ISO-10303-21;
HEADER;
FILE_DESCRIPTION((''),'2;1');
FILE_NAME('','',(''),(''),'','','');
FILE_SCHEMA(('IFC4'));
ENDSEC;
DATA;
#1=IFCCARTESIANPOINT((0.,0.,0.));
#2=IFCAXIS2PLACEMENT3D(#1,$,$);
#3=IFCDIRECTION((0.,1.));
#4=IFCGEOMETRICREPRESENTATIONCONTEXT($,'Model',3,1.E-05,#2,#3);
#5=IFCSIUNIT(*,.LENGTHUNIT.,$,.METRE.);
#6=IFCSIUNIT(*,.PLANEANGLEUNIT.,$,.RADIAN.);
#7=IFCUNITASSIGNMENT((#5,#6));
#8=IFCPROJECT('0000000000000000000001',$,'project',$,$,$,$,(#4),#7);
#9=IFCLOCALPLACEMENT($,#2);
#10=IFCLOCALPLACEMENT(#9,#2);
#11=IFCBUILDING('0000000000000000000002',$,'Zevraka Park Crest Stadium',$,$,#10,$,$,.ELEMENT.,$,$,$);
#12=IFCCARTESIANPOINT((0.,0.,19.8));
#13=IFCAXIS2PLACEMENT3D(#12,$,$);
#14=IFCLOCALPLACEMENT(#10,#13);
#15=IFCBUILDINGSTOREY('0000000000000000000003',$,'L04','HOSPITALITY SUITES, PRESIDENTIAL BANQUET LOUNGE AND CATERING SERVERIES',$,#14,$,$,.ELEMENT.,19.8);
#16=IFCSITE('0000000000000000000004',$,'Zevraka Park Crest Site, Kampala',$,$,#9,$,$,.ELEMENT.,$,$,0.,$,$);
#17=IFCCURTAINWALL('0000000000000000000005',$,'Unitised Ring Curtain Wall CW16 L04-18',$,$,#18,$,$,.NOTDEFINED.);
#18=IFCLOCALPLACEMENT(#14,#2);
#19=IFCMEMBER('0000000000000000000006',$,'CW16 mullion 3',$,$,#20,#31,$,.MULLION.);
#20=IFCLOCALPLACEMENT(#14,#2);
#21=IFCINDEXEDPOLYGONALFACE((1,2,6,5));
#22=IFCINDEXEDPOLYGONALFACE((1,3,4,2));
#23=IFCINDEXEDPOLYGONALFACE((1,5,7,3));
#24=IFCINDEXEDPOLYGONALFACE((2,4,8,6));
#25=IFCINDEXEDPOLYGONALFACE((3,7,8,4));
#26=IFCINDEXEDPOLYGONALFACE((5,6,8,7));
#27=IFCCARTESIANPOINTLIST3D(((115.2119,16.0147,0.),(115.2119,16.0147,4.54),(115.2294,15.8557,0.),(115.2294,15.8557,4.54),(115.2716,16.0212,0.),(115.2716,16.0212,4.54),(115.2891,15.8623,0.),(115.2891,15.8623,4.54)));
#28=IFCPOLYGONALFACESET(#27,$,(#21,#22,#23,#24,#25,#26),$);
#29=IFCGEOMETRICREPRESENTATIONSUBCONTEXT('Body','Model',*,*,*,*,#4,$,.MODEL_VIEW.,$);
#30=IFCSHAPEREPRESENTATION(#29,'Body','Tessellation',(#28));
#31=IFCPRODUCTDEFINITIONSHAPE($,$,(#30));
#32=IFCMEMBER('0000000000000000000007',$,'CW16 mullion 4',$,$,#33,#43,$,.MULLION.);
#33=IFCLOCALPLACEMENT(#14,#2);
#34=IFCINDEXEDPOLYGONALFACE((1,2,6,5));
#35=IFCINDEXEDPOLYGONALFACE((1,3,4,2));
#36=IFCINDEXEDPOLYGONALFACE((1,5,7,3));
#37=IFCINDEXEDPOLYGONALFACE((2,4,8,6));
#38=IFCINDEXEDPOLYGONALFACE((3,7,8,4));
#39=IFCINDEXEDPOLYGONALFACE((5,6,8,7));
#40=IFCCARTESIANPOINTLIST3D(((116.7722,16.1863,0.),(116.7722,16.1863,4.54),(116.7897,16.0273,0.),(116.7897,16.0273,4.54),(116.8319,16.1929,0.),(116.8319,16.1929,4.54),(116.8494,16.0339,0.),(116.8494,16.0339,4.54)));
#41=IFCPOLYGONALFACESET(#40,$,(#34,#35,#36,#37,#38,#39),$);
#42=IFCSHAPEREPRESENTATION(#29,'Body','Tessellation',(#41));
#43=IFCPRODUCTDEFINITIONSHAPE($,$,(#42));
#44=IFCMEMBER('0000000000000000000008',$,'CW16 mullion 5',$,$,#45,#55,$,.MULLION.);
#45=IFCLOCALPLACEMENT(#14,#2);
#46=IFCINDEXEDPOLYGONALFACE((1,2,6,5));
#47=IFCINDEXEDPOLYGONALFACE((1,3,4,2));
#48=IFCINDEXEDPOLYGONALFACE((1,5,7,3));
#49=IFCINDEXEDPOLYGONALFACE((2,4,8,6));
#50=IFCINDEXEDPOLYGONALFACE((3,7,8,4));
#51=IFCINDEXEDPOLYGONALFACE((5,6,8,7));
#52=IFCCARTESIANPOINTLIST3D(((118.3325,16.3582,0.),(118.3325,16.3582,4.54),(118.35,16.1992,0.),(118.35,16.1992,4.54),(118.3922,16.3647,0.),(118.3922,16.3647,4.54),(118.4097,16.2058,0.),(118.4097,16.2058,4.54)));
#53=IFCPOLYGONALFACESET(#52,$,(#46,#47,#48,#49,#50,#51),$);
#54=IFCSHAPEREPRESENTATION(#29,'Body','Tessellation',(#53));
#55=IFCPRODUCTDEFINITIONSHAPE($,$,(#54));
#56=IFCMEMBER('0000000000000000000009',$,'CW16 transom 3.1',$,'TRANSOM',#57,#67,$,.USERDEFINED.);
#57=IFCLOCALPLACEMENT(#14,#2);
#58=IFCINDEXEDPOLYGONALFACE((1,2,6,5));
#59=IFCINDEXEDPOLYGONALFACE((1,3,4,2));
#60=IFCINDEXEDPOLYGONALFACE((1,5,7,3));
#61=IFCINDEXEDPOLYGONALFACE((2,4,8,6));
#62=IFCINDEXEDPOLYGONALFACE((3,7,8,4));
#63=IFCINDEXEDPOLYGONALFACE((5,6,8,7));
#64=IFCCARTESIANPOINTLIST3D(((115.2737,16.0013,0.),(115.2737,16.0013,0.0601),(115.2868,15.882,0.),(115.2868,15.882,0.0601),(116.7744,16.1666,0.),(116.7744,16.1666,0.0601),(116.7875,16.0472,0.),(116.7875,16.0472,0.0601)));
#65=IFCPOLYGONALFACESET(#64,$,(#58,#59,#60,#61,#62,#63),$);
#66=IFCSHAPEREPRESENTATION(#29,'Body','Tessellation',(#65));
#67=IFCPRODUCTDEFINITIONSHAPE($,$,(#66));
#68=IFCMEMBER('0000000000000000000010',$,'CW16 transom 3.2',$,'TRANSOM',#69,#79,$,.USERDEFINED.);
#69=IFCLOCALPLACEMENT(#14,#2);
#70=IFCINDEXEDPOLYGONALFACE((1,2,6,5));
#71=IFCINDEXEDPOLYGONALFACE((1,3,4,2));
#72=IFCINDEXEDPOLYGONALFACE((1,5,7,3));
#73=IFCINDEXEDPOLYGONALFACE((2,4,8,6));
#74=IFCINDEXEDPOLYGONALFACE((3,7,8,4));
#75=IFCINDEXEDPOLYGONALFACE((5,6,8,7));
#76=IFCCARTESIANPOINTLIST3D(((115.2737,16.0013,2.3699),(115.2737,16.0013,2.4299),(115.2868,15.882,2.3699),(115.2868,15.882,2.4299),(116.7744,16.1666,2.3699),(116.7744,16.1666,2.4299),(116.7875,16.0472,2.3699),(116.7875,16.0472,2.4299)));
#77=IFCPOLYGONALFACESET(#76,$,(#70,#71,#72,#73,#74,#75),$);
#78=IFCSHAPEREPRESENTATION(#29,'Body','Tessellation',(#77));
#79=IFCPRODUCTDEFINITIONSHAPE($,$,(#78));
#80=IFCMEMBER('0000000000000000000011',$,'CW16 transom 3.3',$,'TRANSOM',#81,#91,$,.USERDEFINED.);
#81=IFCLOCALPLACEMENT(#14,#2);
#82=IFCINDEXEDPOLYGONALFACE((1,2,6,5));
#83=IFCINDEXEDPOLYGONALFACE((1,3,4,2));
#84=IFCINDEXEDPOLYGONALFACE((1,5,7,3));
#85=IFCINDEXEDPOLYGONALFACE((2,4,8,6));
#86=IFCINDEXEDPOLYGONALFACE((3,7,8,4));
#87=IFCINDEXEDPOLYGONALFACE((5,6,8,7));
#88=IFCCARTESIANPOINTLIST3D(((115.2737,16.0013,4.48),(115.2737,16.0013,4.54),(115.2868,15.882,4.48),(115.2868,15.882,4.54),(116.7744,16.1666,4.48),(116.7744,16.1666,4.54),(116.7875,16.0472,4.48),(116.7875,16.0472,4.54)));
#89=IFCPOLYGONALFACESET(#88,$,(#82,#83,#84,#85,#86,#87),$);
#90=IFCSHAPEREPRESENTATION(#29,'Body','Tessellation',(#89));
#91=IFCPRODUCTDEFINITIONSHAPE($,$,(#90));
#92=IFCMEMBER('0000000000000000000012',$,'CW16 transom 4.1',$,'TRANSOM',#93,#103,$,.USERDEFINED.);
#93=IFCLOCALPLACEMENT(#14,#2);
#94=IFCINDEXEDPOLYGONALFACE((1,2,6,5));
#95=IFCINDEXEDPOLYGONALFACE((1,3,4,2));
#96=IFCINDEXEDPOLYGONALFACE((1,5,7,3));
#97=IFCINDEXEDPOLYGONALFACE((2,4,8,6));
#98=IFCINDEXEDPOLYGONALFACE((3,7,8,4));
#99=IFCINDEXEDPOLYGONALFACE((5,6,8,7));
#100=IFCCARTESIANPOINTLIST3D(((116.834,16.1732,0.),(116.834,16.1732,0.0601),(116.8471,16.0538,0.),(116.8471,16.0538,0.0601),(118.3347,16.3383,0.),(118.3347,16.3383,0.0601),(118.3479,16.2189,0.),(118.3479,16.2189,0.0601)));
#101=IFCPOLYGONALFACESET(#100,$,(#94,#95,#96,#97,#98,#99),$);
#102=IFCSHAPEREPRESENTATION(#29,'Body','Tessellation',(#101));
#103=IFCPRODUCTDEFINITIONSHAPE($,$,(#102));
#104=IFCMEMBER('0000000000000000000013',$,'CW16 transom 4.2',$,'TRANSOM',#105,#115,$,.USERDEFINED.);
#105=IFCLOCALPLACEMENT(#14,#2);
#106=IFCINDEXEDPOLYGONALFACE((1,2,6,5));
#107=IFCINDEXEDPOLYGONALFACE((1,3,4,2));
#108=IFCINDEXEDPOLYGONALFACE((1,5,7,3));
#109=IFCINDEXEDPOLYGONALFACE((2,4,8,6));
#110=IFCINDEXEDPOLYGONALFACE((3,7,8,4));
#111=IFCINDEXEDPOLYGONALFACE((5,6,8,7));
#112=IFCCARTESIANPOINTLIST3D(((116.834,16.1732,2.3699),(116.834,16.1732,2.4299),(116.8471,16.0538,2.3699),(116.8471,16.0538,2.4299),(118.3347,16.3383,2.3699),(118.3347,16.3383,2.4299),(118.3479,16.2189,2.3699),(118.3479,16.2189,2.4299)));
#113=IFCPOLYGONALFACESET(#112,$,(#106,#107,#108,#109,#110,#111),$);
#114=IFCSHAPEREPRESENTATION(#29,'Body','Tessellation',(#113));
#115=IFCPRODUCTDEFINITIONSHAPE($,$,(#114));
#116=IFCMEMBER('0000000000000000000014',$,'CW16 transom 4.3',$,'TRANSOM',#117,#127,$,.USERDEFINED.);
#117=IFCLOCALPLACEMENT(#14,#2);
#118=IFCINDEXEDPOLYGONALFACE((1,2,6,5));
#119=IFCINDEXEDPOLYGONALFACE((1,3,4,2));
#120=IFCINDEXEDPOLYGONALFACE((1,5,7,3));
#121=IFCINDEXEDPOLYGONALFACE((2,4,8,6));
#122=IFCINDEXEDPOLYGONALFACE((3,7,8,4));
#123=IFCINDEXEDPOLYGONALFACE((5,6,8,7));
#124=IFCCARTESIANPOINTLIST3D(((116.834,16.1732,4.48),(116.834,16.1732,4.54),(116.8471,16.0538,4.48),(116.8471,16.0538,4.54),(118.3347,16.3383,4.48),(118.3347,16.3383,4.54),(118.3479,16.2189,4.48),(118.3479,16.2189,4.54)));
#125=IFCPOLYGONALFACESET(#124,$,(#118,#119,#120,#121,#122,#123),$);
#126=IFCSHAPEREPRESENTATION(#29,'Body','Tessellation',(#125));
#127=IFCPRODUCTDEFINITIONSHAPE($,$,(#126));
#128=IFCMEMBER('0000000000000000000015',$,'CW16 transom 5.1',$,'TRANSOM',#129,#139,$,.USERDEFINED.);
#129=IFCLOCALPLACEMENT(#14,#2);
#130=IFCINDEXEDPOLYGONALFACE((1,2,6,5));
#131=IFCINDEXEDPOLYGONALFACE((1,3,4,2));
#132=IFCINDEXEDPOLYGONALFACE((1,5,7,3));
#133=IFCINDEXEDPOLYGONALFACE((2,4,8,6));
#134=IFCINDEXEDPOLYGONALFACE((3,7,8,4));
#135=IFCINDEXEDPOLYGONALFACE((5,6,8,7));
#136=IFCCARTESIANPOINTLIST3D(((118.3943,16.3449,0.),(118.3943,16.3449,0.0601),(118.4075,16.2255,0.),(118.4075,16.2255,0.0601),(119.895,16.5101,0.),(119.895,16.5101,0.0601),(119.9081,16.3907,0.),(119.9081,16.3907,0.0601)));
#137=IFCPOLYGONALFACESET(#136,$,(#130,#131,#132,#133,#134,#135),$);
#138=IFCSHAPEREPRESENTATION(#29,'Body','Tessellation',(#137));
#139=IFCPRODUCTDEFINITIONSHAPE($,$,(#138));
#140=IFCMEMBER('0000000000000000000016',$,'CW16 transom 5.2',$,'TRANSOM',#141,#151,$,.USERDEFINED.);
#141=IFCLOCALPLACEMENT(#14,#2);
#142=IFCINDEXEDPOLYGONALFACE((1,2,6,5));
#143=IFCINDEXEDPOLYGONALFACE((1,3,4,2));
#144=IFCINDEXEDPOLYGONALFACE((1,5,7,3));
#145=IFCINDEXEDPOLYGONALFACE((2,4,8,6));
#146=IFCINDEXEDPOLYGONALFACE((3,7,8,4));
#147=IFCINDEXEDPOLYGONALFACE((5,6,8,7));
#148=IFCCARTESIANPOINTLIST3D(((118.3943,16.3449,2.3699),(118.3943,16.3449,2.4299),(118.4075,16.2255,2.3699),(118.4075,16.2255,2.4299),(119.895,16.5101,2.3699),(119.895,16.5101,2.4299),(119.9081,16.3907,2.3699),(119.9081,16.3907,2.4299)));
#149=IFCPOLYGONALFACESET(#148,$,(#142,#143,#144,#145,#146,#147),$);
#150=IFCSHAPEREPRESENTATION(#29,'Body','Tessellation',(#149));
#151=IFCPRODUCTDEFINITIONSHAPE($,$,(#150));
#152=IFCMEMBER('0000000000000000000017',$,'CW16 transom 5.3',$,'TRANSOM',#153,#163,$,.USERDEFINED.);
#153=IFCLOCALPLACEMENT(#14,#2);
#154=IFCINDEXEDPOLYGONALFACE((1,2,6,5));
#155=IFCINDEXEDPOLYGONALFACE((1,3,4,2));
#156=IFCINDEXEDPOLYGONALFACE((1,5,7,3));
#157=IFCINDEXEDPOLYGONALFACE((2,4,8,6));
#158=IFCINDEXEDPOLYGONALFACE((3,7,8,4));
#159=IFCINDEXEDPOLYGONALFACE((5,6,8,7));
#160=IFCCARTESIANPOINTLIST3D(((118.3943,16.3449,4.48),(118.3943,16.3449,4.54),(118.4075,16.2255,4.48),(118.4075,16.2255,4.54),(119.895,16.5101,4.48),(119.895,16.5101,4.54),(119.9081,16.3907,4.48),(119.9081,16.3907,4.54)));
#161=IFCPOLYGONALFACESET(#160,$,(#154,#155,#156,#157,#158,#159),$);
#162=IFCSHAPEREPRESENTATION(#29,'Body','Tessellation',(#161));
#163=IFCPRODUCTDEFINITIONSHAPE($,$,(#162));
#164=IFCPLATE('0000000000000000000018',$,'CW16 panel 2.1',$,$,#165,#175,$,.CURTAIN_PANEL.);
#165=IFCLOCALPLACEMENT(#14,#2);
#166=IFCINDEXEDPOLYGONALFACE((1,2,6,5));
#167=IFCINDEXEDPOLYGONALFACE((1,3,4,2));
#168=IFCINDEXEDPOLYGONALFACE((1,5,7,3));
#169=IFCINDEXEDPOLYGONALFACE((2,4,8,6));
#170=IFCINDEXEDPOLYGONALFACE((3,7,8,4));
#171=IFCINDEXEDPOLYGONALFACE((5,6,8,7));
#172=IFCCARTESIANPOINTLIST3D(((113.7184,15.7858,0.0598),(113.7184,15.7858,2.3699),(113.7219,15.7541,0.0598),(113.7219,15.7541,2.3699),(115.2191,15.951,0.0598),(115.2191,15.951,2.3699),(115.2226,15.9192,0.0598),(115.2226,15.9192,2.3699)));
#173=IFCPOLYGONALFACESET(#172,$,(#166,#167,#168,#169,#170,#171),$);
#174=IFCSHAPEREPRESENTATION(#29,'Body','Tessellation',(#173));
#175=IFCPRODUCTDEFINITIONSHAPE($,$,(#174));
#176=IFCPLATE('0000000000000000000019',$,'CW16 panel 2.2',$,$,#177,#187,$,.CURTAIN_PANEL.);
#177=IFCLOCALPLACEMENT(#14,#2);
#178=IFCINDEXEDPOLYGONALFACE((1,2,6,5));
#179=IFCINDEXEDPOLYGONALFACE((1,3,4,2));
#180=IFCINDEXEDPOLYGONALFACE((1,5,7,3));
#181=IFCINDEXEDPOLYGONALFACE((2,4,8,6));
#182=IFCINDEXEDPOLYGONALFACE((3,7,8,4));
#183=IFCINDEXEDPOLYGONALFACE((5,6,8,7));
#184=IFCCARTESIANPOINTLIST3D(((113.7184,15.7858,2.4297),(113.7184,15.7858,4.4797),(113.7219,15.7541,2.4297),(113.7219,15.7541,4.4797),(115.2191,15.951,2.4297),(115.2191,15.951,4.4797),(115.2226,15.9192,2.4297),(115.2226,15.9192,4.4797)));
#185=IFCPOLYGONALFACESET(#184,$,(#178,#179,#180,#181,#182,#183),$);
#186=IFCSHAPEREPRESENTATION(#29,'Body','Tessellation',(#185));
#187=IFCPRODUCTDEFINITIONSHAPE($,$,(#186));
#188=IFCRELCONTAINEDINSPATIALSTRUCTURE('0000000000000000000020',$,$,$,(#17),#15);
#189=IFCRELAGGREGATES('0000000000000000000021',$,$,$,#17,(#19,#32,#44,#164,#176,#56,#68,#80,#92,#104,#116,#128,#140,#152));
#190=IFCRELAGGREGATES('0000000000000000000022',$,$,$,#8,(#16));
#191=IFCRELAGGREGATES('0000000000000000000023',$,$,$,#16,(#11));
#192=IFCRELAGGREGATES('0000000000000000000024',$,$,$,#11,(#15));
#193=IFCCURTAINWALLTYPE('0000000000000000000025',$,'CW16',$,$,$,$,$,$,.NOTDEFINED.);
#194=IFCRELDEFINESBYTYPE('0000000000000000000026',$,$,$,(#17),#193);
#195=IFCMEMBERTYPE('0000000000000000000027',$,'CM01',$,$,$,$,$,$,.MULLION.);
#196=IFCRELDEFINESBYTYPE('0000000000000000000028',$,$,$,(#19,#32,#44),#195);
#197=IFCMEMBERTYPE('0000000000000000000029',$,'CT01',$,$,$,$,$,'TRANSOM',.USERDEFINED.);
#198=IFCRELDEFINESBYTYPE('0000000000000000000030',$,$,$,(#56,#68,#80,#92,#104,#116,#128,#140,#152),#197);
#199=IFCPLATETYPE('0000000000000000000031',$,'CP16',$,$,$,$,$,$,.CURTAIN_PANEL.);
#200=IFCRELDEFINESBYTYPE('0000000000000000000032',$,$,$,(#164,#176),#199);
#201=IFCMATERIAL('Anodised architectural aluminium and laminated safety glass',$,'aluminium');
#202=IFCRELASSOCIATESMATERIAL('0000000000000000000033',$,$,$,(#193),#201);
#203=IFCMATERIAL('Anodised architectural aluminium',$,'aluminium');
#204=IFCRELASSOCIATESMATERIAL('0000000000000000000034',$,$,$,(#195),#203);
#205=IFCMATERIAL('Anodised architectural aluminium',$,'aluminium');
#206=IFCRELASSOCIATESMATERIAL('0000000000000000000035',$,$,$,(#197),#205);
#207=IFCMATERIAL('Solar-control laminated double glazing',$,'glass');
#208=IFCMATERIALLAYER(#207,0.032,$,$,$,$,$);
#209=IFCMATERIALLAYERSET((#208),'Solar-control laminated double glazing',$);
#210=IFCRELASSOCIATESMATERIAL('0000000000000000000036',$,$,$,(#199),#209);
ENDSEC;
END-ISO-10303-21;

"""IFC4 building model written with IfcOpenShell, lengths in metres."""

from ifc_helpers import new_model, si_unit, direction, frame, origin, origin_2d, place, context, subcontext, project, spatial, rectangle, extrude, material, layer, layer_set, material_profile, profile_set, type_object, element, aggregate, save


model = new_model("IFC4")

# Units and contexts
model_context = context("Model", 3, precision=1e-05, world=origin(), true_north=direction((0.0, 1.0)))
body_context = subcontext(model_context, "Body", "Model", "MODEL_VIEW")
ifc_project = project(units=[si_unit("LENGTHUNIT", "METRE"), si_unit("PLANEANGLEUNIT", "RADIAN")], contexts=[model_context])

# Site, building, storey
site_placement = place(None, origin())
site = spatial("IfcSite", under=ifc_project, at=site_placement, Name="Zevraka Park Crest Site, Kampala", CompositionType="ELEMENT", RefElevation=0.0)
building_placement = place(site_placement, origin())
building = spatial("IfcBuilding", under=site, at=building_placement, Name="Zevraka Park Crest Stadium", CompositionType="ELEMENT")
storey_placement = place(building_placement, frame((0.0, 0.0, 19.8)))
storey = spatial("IfcBuildingStorey", under=building, at=storey_placement, Name="L04", Description="HOSPITALITY SUITES, PRESIDENTIAL BANQUET LOUNGE AND CATERING SERVERIES", CompositionType="ELEMENT", Elevation=19.8)

# Curtain wall, members, plates
ifc_material_1 = material(Name="Anodised architectural aluminium and laminated safety glass", Category="aluminium")
curtain_wall_type = type_object("IfcCurtainWallType", Name="CW16", PredefinedType="NOTDEFINED", material=ifc_material_1)
curtain_wall_placement = place(storey_placement, origin())
curtain_wall = element("IfcCurtainWall", 1, at=curtain_wall_placement, inside=storey, type_object=curtain_wall_type, Name="Unitised Ring Curtain Wall CW16 L04-18", PredefinedType="NOTDEFINED")
ifc_material_2 = material(Name="Anodised architectural aluminium", Category="aluminium")
ifc_material_profile_1 = material_profile(ifc_material_2, rectangle(XDim=0.1599, YDim=0.0601, at=origin_2d()), Name="ALU MULLION 160x60")
ifc_profile_set_1 = profile_set([ifc_material_profile_1], Name="Anodised architectural aluminium")
member_type_1 = type_object("IfcMemberType", Name="CM01", PredefinedType="MULLION", material=ifc_profile_set_1)
member_1_placement = place(storey_placement, frame((115.2505, 15.9385, 0.0), z_axis=(0.0, 0.0, 1.0), x_axis=(-0.109406, 0.993997, 0.0)))
member_1 = element("IfcMember", 2, at=member_1_placement, type_object=member_type_1, Name="CW16 mullion 3", PredefinedType="MULLION", context=body_context, shape_type="SweptSolid", body=[
    extrude(rectangle(XDim=0.1599, YDim=0.0601, at=origin_2d()), origin(), (0.0, 0.0, 1.0), 4.54),
])
member_2_placement = place(storey_placement, frame((116.8108, 16.1101, 0.0), z_axis=(0.0, 0.0, 1.0), x_axis=(-0.109406, 0.993997, 0.0)))
member_2 = element("IfcMember", 3, at=member_2_placement, type_object=member_type_1, Name="CW16 mullion 4", PredefinedType="MULLION", context=body_context, shape_type="SweptSolid", body=[
    extrude(rectangle(XDim=0.1599, YDim=0.0601, at=origin_2d()), origin(), (0.0, 0.0, 1.0), 4.54),
])
member_3_placement = place(storey_placement, frame((118.3711, 16.282, 0.0), z_axis=(0.0, 0.0, 1.0), x_axis=(-0.109406, 0.993997, 0.0)))
member_3 = element("IfcMember", 4, at=member_3_placement, type_object=member_type_1, Name="CW16 mullion 5", PredefinedType="MULLION", context=body_context, shape_type="SweptSolid", body=[
    extrude(rectangle(XDim=0.1599, YDim=0.0601, at=origin_2d()), origin(), (0.0, 0.0, 1.0), 4.54),
])
ifc_material_3 = material(Name="Anodised architectural aluminium", Category="aluminium")
ifc_material_profile_2 = material_profile(ifc_material_3, rectangle(XDim=0.1201, YDim=0.0601, at=origin_2d()), Name="ALU TRANSOM 120x60")
ifc_profile_set_2 = profile_set([ifc_material_profile_2], Name="Anodised architectural aluminium")
member_type_2 = type_object("IfcMemberType", Name="CT01", ElementType="TRANSOM", PredefinedType="USERDEFINED", material=ifc_profile_set_2)
member_4_placement = place(storey_placement, frame((115.2803, 15.9417, 0.03), z_axis=(0.99399, 0.109473, 0.0), x_axis=(-0.109473, 0.99399, 0.0)))
member_4 = element("IfcMember", 5, at=member_4_placement, type_object=member_type_2, Name="CW16 transom 3.1", ObjectType="TRANSOM", PredefinedType="USERDEFINED", context=body_context, shape_type="SweptSolid", body=[
    extrude(rectangle(XDim=0.1201, YDim=0.0601, at=origin_2d()), origin(), (0.0, 0.0, 1.0), 1.5098),
])
member_5_placement = place(storey_placement, frame((115.2803, 15.9417, 2.3999), z_axis=(0.99399, 0.109473, 0.0), x_axis=(-0.109473, 0.99399, 0.0)))
member_5 = element("IfcMember", 6, at=member_5_placement, type_object=member_type_2, Name="CW16 transom 3.2", ObjectType="TRANSOM", PredefinedType="USERDEFINED", context=body_context, shape_type="SweptSolid", body=[
    extrude(rectangle(XDim=0.1201, YDim=0.0601, at=origin_2d()), origin(), (0.0, 0.0, 1.0), 1.5098),
])
member_6_placement = place(storey_placement, frame((115.2803, 15.9417, 4.51), z_axis=(0.99399, 0.109473, 0.0), x_axis=(-0.109473, 0.99399, 0.0)))
member_6 = element("IfcMember", 7, at=member_6_placement, type_object=member_type_2, Name="CW16 transom 3.3", ObjectType="TRANSOM", PredefinedType="USERDEFINED", context=body_context, shape_type="SweptSolid", body=[
    extrude(rectangle(XDim=0.1201, YDim=0.0601, at=origin_2d()), origin(), (0.0, 0.0, 1.0), 1.5098),
])
member_7_placement = place(storey_placement, frame((116.8406, 16.1135, 0.03), z_axis=(0.994007, 0.109313, 0.0), x_axis=(-0.109313, 0.994007, 0.0)))
member_7 = element("IfcMember", 8, at=member_7_placement, type_object=member_type_2, Name="CW16 transom 4.1", ObjectType="TRANSOM", PredefinedType="USERDEFINED", context=body_context, shape_type="SweptSolid", body=[
    extrude(rectangle(XDim=0.1201, YDim=0.0601, at=origin_2d()), origin(), (0.0, 0.0, 1.0), 1.5098),
])
member_8_placement = place(storey_placement, frame((116.8406, 16.1135, 2.3999), z_axis=(0.994007, 0.109313, 0.0), x_axis=(-0.109313, 0.994007, 0.0)))
member_8 = element("IfcMember", 9, at=member_8_placement, type_object=member_type_2, Name="CW16 transom 4.2", ObjectType="TRANSOM", PredefinedType="USERDEFINED", context=body_context, shape_type="SweptSolid", body=[
    extrude(rectangle(XDim=0.1201, YDim=0.0601, at=origin_2d()), origin(), (0.0, 0.0, 1.0), 1.5098),
])
member_9_placement = place(storey_placement, frame((116.8406, 16.1135, 4.51), z_axis=(0.994007, 0.109313, 0.0), x_axis=(-0.109313, 0.994007, 0.0)))
member_9 = element("IfcMember", 10, at=member_9_placement, type_object=member_type_2, Name="CW16 transom 4.3", ObjectType="TRANSOM", PredefinedType="USERDEFINED", context=body_context, shape_type="SweptSolid", body=[
    extrude(rectangle(XDim=0.1201, YDim=0.0601, at=origin_2d()), origin(), (0.0, 0.0, 1.0), 1.5098),
])
member_10_placement = place(storey_placement, frame((118.4009, 16.2852, 0.03), z_axis=(0.99399, 0.109473, 0.0), x_axis=(-0.109473, 0.99399, 0.0)))
member_10 = element("IfcMember", 11, at=member_10_placement, type_object=member_type_2, Name="CW16 transom 5.1", ObjectType="TRANSOM", PredefinedType="USERDEFINED", context=body_context, shape_type="SweptSolid", body=[
    extrude(rectangle(XDim=0.1201, YDim=0.0601, at=origin_2d()), origin(), (0.0, 0.0, 1.0), 1.5098),
])
member_11_placement = place(storey_placement, frame((118.4009, 16.2852, 2.3999), z_axis=(0.99399, 0.109473, 0.0), x_axis=(-0.109473, 0.99399, 0.0)))
member_11 = element("IfcMember", 12, at=member_11_placement, type_object=member_type_2, Name="CW16 transom 5.2", ObjectType="TRANSOM", PredefinedType="USERDEFINED", context=body_context, shape_type="SweptSolid", body=[
    extrude(rectangle(XDim=0.1201, YDim=0.0601, at=origin_2d()), origin(), (0.0, 0.0, 1.0), 1.5098),
])
member_12_placement = place(storey_placement, frame((118.4009, 16.2852, 4.51), z_axis=(0.99399, 0.109473, 0.0), x_axis=(-0.109473, 0.99399, 0.0)))
member_12 = element("IfcMember", 13, at=member_12_placement, type_object=member_type_2, Name="CW16 transom 5.3", ObjectType="TRANSOM", PredefinedType="USERDEFINED", context=body_context, shape_type="SweptSolid", body=[
    extrude(rectangle(XDim=0.1201, YDim=0.0601, at=origin_2d()), origin(), (0.0, 0.0, 1.0), 1.5098),
])
ifc_material_4 = material(Name="Solar-control laminated double glazing", Category="glass")
ifc_layer_1 = layer(ifc_material_4, 0.032)
ifc_layer_set_1 = layer_set([ifc_layer_1], Name="Solar-control laminated double glazing")
plate_type = type_object("IfcPlateType", Name="CP16", PredefinedType="CURTAIN_PANEL", material=ifc_layer_set_1)
plate_1_placement = place(storey_placement, frame((114.4705, 15.8525, 0.0598), z_axis=(0.0, 0.0, 1.0), x_axis=(0.993997, 0.109406, 0.0)))
plate_1 = element("IfcPlate", 14, at=plate_1_placement, type_object=plate_type, Name="CW16 panel 2.1", PredefinedType="CURTAIN_PANEL", context=body_context, shape_type="SweptSolid", body=[
    extrude(rectangle(XDim=1.5098, YDim=0.032, at=origin_2d()), origin(), (0.0, 0.0, 1.0), 2.3101),
])
plate_2_placement = place(storey_placement, frame((114.4705, 15.8525, 2.4297), z_axis=(0.0, 0.0, 1.0), x_axis=(0.993997, 0.109406, 0.0)))
plate_2 = element("IfcPlate", 15, at=plate_2_placement, type_object=plate_type, Name="CW16 panel 2.2", PredefinedType="CURTAIN_PANEL", context=body_context, shape_type="SweptSolid", body=[
    extrude(rectangle(XDim=1.5098, YDim=0.032, at=origin_2d()), origin(), (0.0, 0.0, 1.0), 2.05),
])
aggregate(curtain_wall, [member_1, member_2, member_3, plate_1, plate_2, member_4, member_5, member_6, member_7, member_8, member_9, member_10, member_11, member_12])

save(model, "model.ifc")
